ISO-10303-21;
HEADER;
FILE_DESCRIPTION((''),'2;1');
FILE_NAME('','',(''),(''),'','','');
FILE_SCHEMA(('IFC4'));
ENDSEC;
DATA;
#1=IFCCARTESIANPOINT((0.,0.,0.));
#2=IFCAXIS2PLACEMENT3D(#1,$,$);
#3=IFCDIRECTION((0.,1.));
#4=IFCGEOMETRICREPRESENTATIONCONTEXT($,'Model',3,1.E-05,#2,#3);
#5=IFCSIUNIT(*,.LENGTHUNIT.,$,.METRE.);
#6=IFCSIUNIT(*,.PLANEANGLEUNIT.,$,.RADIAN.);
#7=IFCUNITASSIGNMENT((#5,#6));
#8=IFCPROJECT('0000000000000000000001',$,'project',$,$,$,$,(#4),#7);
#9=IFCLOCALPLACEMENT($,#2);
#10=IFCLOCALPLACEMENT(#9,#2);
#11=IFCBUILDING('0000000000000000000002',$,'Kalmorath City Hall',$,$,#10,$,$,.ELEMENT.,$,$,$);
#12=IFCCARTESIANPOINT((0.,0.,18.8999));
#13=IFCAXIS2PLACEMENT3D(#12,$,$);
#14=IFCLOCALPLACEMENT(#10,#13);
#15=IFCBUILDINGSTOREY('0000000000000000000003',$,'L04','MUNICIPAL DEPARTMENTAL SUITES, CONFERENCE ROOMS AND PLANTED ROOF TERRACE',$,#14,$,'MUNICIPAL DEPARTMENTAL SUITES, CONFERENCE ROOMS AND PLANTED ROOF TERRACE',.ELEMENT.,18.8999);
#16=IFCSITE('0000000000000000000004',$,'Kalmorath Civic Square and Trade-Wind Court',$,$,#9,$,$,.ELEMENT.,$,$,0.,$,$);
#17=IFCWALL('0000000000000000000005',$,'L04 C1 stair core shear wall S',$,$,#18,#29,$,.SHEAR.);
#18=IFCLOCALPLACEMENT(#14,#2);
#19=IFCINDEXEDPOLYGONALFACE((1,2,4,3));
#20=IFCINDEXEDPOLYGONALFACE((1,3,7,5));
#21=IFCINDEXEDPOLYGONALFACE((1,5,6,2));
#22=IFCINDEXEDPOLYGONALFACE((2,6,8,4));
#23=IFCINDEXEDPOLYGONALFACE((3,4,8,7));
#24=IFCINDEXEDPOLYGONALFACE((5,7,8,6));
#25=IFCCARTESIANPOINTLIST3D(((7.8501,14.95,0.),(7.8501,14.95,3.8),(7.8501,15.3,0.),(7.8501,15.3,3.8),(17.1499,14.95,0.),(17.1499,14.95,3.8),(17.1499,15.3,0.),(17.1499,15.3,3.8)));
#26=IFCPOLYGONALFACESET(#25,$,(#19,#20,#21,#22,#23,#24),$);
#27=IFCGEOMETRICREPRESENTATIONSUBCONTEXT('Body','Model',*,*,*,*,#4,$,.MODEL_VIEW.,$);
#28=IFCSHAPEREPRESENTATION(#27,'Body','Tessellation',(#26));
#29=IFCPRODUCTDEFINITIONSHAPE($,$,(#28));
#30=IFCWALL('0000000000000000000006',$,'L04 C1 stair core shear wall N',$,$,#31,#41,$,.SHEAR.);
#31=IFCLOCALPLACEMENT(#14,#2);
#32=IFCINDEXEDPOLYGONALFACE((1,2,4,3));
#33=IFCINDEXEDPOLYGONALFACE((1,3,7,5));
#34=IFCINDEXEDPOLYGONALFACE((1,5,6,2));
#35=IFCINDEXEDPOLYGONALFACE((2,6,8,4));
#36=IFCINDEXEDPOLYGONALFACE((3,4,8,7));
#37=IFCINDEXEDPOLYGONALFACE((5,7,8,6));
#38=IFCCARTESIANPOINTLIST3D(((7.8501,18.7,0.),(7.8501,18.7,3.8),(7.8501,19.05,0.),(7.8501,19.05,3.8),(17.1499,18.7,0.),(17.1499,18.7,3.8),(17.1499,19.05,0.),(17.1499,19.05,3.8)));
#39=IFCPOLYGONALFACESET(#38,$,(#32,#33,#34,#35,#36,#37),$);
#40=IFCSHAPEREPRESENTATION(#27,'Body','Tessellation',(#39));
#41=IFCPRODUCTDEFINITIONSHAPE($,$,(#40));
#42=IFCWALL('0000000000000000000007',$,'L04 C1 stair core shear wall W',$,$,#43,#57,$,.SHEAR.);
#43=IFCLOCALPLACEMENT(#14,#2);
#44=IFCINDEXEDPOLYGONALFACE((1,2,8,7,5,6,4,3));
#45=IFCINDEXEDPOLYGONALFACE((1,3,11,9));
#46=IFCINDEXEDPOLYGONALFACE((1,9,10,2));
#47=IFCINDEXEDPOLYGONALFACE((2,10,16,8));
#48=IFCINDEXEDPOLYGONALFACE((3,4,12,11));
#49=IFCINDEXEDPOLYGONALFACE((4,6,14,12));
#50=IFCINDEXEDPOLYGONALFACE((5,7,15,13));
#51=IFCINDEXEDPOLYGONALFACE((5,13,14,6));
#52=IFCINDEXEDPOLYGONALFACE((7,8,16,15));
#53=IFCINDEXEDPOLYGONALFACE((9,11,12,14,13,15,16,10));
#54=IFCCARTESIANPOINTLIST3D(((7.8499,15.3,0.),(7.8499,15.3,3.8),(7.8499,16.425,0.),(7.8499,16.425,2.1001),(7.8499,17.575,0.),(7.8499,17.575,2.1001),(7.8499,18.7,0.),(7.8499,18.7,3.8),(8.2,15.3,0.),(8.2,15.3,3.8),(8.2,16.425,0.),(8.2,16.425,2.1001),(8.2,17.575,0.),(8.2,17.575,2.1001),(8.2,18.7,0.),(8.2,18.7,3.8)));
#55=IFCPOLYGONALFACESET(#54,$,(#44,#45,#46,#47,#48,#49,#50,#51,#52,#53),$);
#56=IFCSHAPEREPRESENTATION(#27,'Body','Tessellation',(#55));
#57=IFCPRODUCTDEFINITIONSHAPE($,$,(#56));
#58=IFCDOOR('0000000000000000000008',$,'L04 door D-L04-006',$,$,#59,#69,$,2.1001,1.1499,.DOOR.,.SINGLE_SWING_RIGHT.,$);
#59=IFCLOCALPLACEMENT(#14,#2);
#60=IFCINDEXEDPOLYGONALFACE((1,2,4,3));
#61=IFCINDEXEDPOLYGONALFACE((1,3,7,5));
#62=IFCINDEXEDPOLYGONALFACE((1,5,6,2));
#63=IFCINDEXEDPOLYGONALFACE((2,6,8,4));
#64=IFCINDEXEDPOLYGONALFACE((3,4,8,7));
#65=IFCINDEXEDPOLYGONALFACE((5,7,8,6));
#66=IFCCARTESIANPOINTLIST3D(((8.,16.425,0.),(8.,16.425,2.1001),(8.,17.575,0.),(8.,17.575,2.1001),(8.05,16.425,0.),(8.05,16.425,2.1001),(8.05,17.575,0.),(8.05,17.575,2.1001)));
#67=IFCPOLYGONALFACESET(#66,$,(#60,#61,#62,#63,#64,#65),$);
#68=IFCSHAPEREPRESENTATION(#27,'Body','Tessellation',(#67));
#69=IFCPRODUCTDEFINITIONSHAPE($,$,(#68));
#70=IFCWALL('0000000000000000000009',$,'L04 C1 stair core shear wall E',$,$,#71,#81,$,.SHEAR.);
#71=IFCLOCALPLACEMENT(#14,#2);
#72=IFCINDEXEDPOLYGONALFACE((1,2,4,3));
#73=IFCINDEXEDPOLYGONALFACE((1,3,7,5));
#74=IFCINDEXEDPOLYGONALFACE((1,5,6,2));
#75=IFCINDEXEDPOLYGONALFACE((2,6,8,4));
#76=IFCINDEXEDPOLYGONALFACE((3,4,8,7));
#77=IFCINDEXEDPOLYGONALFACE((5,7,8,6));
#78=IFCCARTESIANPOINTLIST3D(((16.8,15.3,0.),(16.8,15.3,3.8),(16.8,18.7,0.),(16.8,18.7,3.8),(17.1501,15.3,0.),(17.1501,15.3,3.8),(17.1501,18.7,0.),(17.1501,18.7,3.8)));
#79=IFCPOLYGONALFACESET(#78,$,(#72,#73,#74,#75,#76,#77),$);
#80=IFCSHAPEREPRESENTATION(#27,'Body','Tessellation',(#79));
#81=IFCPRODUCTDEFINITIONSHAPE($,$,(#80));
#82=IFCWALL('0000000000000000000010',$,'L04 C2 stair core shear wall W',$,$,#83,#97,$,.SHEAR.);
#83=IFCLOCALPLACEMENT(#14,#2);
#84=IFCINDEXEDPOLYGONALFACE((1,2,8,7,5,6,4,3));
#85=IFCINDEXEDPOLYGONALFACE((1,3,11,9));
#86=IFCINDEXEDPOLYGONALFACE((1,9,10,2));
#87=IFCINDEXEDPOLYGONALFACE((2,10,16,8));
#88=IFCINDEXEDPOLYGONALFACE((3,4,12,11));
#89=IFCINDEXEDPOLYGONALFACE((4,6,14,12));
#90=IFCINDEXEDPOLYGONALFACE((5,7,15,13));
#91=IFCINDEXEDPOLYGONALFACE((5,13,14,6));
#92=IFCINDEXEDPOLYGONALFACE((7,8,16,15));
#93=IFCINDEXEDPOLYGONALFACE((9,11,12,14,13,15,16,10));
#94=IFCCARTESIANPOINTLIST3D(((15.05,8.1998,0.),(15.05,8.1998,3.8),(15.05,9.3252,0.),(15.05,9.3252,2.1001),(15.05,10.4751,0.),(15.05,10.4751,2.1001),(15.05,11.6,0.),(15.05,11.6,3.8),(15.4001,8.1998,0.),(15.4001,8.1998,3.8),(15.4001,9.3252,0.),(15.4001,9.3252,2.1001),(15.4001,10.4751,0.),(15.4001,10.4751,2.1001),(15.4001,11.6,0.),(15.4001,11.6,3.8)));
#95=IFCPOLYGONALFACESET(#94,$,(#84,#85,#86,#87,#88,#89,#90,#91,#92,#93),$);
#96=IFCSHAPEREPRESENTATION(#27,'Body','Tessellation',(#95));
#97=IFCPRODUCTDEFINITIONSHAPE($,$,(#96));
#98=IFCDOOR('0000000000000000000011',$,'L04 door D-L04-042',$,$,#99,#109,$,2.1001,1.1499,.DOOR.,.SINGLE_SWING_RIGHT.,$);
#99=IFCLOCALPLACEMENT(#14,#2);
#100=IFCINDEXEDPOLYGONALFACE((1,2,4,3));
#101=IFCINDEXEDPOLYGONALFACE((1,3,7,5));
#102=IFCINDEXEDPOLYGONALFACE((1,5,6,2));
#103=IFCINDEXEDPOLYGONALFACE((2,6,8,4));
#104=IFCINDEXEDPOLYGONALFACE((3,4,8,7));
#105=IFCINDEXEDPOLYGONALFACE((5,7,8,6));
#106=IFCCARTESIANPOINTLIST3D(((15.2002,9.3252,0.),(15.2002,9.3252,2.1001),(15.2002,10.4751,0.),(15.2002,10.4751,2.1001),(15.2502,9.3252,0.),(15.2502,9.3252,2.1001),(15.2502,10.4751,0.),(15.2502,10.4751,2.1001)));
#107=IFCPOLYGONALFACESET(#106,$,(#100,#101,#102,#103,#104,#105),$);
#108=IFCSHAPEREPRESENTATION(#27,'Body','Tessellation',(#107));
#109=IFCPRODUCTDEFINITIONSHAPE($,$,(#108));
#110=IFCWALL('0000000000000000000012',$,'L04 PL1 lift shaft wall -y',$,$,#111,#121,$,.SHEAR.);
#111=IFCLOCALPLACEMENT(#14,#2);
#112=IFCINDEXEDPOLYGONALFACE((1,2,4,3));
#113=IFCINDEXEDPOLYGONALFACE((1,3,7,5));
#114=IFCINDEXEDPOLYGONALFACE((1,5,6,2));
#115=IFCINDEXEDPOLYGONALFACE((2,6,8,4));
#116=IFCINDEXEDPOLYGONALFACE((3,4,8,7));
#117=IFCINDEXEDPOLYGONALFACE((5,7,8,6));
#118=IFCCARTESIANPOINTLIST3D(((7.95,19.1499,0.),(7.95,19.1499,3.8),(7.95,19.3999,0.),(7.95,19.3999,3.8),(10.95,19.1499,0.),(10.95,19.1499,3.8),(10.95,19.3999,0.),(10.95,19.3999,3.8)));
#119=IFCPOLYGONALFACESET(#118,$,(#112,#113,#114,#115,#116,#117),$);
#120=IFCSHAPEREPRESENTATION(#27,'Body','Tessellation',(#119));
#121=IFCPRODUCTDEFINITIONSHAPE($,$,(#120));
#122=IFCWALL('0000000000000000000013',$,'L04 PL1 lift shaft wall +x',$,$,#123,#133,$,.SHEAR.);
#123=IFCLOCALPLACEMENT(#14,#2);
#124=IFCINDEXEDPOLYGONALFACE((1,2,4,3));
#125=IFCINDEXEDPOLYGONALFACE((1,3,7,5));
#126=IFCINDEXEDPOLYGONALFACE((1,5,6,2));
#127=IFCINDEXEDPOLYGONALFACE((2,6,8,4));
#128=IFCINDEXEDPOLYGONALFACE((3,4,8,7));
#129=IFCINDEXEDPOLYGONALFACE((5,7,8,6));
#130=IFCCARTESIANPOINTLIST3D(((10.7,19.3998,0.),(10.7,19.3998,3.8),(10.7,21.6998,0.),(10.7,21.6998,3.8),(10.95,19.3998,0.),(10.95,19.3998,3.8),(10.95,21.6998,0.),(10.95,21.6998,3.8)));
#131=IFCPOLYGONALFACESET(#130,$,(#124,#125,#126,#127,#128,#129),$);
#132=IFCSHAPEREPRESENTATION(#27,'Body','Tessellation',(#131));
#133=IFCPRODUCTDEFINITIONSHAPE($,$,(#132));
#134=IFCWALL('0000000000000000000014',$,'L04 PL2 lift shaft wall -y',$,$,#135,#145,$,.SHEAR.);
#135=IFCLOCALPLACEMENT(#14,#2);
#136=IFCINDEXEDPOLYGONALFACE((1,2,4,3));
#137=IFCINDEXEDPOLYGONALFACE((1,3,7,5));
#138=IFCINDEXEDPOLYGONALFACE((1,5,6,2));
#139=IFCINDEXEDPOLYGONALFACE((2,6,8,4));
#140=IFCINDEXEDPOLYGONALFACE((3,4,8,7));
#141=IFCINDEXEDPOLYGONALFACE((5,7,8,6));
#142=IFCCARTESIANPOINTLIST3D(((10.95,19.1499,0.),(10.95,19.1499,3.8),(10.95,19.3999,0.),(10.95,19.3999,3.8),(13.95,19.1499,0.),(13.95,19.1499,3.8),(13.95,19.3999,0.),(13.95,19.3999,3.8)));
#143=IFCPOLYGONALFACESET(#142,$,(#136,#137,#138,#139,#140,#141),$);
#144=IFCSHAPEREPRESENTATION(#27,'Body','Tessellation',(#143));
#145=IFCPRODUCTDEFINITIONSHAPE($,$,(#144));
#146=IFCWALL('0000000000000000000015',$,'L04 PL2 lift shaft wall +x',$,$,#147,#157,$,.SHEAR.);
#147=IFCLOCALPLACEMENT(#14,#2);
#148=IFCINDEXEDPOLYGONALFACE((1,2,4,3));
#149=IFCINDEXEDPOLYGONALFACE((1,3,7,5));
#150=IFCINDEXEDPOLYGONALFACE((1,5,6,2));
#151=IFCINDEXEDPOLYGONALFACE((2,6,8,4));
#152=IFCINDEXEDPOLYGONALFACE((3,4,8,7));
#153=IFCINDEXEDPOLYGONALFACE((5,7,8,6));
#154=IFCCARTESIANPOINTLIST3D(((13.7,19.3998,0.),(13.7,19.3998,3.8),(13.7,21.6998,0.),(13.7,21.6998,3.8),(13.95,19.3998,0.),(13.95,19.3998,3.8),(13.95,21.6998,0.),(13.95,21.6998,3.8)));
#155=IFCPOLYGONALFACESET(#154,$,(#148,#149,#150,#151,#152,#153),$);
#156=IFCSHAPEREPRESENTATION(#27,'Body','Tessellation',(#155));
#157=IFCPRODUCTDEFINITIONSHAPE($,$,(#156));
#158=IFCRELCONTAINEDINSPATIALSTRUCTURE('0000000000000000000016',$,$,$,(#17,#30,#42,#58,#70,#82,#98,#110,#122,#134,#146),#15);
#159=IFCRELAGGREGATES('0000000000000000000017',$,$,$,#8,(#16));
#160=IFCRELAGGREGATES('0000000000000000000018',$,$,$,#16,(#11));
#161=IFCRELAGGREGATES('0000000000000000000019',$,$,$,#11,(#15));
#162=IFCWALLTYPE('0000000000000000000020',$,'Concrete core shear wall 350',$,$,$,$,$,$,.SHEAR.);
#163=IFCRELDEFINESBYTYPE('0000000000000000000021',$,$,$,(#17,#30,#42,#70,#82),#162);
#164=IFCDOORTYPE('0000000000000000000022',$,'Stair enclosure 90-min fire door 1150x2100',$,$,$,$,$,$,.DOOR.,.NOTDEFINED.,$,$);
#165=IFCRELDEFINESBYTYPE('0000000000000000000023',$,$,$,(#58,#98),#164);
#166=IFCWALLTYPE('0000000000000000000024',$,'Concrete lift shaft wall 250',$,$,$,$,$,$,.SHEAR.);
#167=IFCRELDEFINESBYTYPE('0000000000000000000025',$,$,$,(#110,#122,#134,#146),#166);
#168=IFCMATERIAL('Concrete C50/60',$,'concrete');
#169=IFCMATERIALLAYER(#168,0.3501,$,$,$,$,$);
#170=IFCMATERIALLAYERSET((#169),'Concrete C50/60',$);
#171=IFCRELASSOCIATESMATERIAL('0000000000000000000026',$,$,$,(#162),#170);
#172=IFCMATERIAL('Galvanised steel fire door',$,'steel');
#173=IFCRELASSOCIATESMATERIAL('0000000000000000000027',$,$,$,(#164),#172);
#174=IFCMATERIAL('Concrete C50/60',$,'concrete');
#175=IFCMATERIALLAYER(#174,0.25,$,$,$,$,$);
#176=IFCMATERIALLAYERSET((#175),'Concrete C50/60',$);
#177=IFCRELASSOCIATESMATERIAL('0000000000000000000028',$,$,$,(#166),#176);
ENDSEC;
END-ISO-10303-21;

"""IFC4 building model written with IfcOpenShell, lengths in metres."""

from ifc_helpers import new_model, si_unit, direction, frame, frame_2d, origin, place, context, subcontext, project, spatial, rectangle, extrude, material, layer, layer_set, type_object, element, fill, save


model = new_model("IFC4")

# Units and contexts
model_context = context("Model", 3, precision=1e-05, world=origin(), true_north=direction((0.0, 1.0)))
body_context = subcontext(model_context, "Body", "Model", "MODEL_VIEW")
ifc_project = project(units=[si_unit("LENGTHUNIT", "METRE"), si_unit("PLANEANGLEUNIT", "RADIAN")], contexts=[model_context])

# Site, building, storey
site_placement = place(None, origin())
site = spatial("IfcSite", under=ifc_project, at=site_placement, Name="Kalmorath Civic Square and Trade-Wind Court", CompositionType="ELEMENT", RefElevation=0.0)
building_placement = place(site_placement, origin())
building = spatial("IfcBuilding", under=site, at=building_placement, Name="Kalmorath City Hall", CompositionType="ELEMENT")
storey_placement = place(building_placement, frame((0.0, 0.0, 18.8999)))
storey = spatial("IfcBuildingStorey", under=building, at=storey_placement, Name="L04", Description="MUNICIPAL DEPARTMENTAL SUITES, CONFERENCE ROOMS AND PLANTED ROOF TERRACE", LongName="MUNICIPAL DEPARTMENTAL SUITES, CONFERENCE ROOMS AND PLANTED ROOF TERRACE", CompositionType="ELEMENT", Elevation=18.8999)

# Walls
ifc_material_1 = material(Name="Concrete C50/60", Category="concrete")
ifc_layer_1 = layer(ifc_material_1, 0.3501)
ifc_layer_set_1 = layer_set([ifc_layer_1], Name="Concrete C50/60")
wall_type_1 = type_object("IfcWallType", Name="Concrete core shear wall 350", PredefinedType="SHEAR", material=ifc_layer_set_1)
for number, where, z_axis, x_axis, name in (
    (1, (7.8501, 15.125, 0.0), (0.0, 0.0, 1.0), (1.0, 0.0, 0.0), "L04 C1 stair core shear wall S"),
    (2, (17.1499, 18.875, 0.0), (0.0, 0.0, 1.0), (-1.0, 0.0, 0.0), "L04 C1 stair core shear wall N"),
):
    element("IfcWall", number, at=place(storey_placement, frame(where, z_axis=z_axis, x_axis=x_axis)), inside=storey, type_object=wall_type_1, Name=name, PredefinedType="SHEAR", context=body_context, shape_type="SweptSolid", body=[
        extrude(rectangle(XDim=9.2998, YDim=0.3501, at=frame_2d((4.6499, 0.0))), origin(), (0.0, 0.0, 1.0), 3.8),
    ])

# Wall, opening, door
wall_1_placement = place(storey_placement, frame((8.0249, 18.7, 0.0), z_axis=(0.0, 0.0, 1.0), x_axis=(0.0, -1.0, 0.0)))
wall_1 = element("IfcWall", 3, at=wall_1_placement, inside=storey, type_object=wall_type_1, Name="L04 C1 stair core shear wall W", PredefinedType="SHEAR", context=body_context, shape_type="SweptSolid", body=[
    extrude(rectangle(XDim=3.3999, YDim=0.3501, at=frame_2d((1.7, 0.0))), origin(), (0.0, 0.0, 1.0), 3.8),
])
opening_1_placement = place(wall_1_placement, frame((1.125, 0.0, 0.0)))
opening_1 = element("IfcOpeningElement", 4, at=opening_1_placement, cuts=wall_1, PredefinedType="OPENING", context=body_context, shape_type="SweptSolid", body=[
    extrude(rectangle(XDim=1.1499, YDim=2.1001, at=frame_2d((0.575, 1.05))), frame((0.0, 0.1851, 0.0), z_axis=(0.0, -1.0, 0.0), x_axis=(1.0, 0.0, 0.0)), (0.0, 0.0, 1.0), 0.3701),
])
ifc_material_2 = material(Name="Galvanised steel fire door", Category="steel")
door_type_1 = type_object("IfcDoorType", Name="Stair enclosure 90-min fire door 1150x2100", OperationType="NOTDEFINED", PredefinedType="DOOR", material=ifc_material_2)
door_1_placement = place(opening_1_placement, frame((1.1499, 0.0, 0.0), z_axis=(0.0, 0.0, 1.0), x_axis=(-1.0, 0.0, 0.0)))
door_1 = element("IfcDoor", 5, at=door_1_placement, inside=storey, type_object=door_type_1, Name="L04 door D-L04-006", OperationType="SINGLE_SWING_RIGHT", OverallHeight=2.1001, OverallWidth=1.1499, PredefinedType="DOOR", context=body_context, shape_type="SweptSolid", body=[
    extrude(rectangle(XDim=1.1499, YDim=2.1001, at=frame_2d((0.575, 1.05))), frame((0.0, 0.0249, 0.0), z_axis=(0.0, -1.0, 0.0), x_axis=(1.0, 0.0, 0.0)), (0.0, 0.0, 1.0), 0.05),
])
fill(opening_1, door_1)

# Wall
wall_2_placement = place(storey_placement, frame((16.9751, 15.3, 0.0), z_axis=(0.0, 0.0, 1.0), x_axis=(0.0, 1.0, 0.0)))
element("IfcWall", 6, at=wall_2_placement, inside=storey, type_object=wall_type_1, Name="L04 C1 stair core shear wall E", PredefinedType="SHEAR", context=body_context, shape_type="SweptSolid", body=[
    extrude(rectangle(XDim=3.3999, YDim=0.3501, at=frame_2d((1.7, 0.0))), origin(), (0.0, 0.0, 1.0), 3.8),
])

# Wall, opening, door
wall_3_placement = place(storey_placement, frame((15.2251, 11.6001, 0.0), z_axis=(0.0, 0.0, 1.0), x_axis=(0.0, -1.0, 0.0)))
wall_3 = element("IfcWall", 7, at=wall_3_placement, inside=storey, type_object=wall_type_1, Name="L04 C2 stair core shear wall W", PredefinedType="SHEAR", context=body_context, shape_type="SweptSolid", body=[
    extrude(rectangle(XDim=3.4001, YDim=0.3501, at=frame_2d((1.7002, 0.0))), origin(), (0.0, 0.0, 1.0), 3.8),
])
opening_2_placement = place(wall_3_placement, frame((1.125, 0.0, 0.0)))
opening_2 = element("IfcOpeningElement", 8, at=opening_2_placement, cuts=wall_3, PredefinedType="OPENING", context=body_context, shape_type="SweptSolid", body=[
    extrude(rectangle(XDim=1.1499, YDim=2.1001, at=frame_2d((0.575, 1.05))), frame((0.0, 0.1851, 0.0), z_axis=(0.0, -1.0, 0.0), x_axis=(1.0, 0.0, 0.0)), (0.0, 0.0, 1.0), 0.3701),
])
door_2_placement = place(opening_2_placement, frame((1.1499, 0.0, 0.0), z_axis=(0.0, 0.0, 1.0), x_axis=(-1.0, 0.0, 0.0)))
door_2 = element("IfcDoor", 9, at=door_2_placement, inside=storey, type_object=door_type_1, Name="L04 door D-L04-042", OperationType="SINGLE_SWING_RIGHT", OverallHeight=2.1001, OverallWidth=1.1499, PredefinedType="DOOR", context=body_context, shape_type="SweptSolid", body=[
    extrude(rectangle(XDim=1.1499, YDim=2.1001, at=frame_2d((0.575, 1.05))), frame((0.0, 0.0249, 0.0), z_axis=(0.0, -1.0, 0.0), x_axis=(1.0, 0.0, 0.0)), (0.0, 0.0, 1.0), 0.05),
])
fill(opening_2, door_2)

# Walls
ifc_material_3 = material(Name="Concrete C50/60", Category="concrete")
ifc_layer_2 = layer(ifc_material_3, 0.25)
ifc_layer_set_2 = layer_set([ifc_layer_2], Name="Concrete C50/60")
wall_type_2 = type_object("IfcWallType", Name="Concrete lift shaft wall 250", PredefinedType="SHEAR", material=ifc_layer_set_2)
wall_4_placement = place(storey_placement, frame((7.95, 19.2749, 0.0), z_axis=(0.0, 0.0, 1.0), x_axis=(1.0, 0.0, 0.0)))
element("IfcWall", 10, at=wall_4_placement, inside=storey, type_object=wall_type_2, Name="L04 PL1 lift shaft wall -y", PredefinedType="SHEAR", context=body_context, shape_type="SweptSolid", body=[
    extrude(rectangle(XDim=3.0, YDim=0.25, at=frame_2d((1.5, 0.0))), origin(), (0.0, 0.0, 1.0), 3.8),
])
wall_5_placement = place(storey_placement, frame((10.825, 19.3999, 0.0), z_axis=(0.0, 0.0, 1.0), x_axis=(0.0, 1.0, 0.0)))
element("IfcWall", 11, at=wall_5_placement, inside=storey, type_object=wall_type_2, Name="L04 PL1 lift shaft wall +x", PredefinedType="SHEAR", context=body_context, shape_type="SweptSolid", body=[
    extrude(rectangle(XDim=2.3, YDim=0.25, at=frame_2d((1.1499, 0.0))), origin(), (0.0, 0.0, 1.0), 3.8),
])
wall_6_placement = place(storey_placement, frame((10.95, 19.2749, 0.0), z_axis=(0.0, 0.0, 1.0), x_axis=(1.0, 0.0, 0.0)))
element("IfcWall", 12, at=wall_6_placement, inside=storey, type_object=wall_type_2, Name="L04 PL2 lift shaft wall -y", PredefinedType="SHEAR", context=body_context, shape_type="SweptSolid", body=[
    extrude(rectangle(XDim=3.0, YDim=0.25, at=frame_2d((1.5, 0.0))), origin(), (0.0, 0.0, 1.0), 3.8),
])
wall_7_placement = place(storey_placement, frame((13.825, 19.3999, 0.0), z_axis=(0.0, 0.0, 1.0), x_axis=(0.0, 1.0, 0.0)))
element("IfcWall", 13, at=wall_7_placement, inside=storey, type_object=wall_type_2, Name="L04 PL2 lift shaft wall +x", PredefinedType="SHEAR", context=body_context, shape_type="SweptSolid", body=[
    extrude(rectangle(XDim=2.3, YDim=0.25, at=frame_2d((1.1499, 0.0))), origin(), (0.0, 0.0, 1.0), 3.8),
])

save(model, "model.ifc")
